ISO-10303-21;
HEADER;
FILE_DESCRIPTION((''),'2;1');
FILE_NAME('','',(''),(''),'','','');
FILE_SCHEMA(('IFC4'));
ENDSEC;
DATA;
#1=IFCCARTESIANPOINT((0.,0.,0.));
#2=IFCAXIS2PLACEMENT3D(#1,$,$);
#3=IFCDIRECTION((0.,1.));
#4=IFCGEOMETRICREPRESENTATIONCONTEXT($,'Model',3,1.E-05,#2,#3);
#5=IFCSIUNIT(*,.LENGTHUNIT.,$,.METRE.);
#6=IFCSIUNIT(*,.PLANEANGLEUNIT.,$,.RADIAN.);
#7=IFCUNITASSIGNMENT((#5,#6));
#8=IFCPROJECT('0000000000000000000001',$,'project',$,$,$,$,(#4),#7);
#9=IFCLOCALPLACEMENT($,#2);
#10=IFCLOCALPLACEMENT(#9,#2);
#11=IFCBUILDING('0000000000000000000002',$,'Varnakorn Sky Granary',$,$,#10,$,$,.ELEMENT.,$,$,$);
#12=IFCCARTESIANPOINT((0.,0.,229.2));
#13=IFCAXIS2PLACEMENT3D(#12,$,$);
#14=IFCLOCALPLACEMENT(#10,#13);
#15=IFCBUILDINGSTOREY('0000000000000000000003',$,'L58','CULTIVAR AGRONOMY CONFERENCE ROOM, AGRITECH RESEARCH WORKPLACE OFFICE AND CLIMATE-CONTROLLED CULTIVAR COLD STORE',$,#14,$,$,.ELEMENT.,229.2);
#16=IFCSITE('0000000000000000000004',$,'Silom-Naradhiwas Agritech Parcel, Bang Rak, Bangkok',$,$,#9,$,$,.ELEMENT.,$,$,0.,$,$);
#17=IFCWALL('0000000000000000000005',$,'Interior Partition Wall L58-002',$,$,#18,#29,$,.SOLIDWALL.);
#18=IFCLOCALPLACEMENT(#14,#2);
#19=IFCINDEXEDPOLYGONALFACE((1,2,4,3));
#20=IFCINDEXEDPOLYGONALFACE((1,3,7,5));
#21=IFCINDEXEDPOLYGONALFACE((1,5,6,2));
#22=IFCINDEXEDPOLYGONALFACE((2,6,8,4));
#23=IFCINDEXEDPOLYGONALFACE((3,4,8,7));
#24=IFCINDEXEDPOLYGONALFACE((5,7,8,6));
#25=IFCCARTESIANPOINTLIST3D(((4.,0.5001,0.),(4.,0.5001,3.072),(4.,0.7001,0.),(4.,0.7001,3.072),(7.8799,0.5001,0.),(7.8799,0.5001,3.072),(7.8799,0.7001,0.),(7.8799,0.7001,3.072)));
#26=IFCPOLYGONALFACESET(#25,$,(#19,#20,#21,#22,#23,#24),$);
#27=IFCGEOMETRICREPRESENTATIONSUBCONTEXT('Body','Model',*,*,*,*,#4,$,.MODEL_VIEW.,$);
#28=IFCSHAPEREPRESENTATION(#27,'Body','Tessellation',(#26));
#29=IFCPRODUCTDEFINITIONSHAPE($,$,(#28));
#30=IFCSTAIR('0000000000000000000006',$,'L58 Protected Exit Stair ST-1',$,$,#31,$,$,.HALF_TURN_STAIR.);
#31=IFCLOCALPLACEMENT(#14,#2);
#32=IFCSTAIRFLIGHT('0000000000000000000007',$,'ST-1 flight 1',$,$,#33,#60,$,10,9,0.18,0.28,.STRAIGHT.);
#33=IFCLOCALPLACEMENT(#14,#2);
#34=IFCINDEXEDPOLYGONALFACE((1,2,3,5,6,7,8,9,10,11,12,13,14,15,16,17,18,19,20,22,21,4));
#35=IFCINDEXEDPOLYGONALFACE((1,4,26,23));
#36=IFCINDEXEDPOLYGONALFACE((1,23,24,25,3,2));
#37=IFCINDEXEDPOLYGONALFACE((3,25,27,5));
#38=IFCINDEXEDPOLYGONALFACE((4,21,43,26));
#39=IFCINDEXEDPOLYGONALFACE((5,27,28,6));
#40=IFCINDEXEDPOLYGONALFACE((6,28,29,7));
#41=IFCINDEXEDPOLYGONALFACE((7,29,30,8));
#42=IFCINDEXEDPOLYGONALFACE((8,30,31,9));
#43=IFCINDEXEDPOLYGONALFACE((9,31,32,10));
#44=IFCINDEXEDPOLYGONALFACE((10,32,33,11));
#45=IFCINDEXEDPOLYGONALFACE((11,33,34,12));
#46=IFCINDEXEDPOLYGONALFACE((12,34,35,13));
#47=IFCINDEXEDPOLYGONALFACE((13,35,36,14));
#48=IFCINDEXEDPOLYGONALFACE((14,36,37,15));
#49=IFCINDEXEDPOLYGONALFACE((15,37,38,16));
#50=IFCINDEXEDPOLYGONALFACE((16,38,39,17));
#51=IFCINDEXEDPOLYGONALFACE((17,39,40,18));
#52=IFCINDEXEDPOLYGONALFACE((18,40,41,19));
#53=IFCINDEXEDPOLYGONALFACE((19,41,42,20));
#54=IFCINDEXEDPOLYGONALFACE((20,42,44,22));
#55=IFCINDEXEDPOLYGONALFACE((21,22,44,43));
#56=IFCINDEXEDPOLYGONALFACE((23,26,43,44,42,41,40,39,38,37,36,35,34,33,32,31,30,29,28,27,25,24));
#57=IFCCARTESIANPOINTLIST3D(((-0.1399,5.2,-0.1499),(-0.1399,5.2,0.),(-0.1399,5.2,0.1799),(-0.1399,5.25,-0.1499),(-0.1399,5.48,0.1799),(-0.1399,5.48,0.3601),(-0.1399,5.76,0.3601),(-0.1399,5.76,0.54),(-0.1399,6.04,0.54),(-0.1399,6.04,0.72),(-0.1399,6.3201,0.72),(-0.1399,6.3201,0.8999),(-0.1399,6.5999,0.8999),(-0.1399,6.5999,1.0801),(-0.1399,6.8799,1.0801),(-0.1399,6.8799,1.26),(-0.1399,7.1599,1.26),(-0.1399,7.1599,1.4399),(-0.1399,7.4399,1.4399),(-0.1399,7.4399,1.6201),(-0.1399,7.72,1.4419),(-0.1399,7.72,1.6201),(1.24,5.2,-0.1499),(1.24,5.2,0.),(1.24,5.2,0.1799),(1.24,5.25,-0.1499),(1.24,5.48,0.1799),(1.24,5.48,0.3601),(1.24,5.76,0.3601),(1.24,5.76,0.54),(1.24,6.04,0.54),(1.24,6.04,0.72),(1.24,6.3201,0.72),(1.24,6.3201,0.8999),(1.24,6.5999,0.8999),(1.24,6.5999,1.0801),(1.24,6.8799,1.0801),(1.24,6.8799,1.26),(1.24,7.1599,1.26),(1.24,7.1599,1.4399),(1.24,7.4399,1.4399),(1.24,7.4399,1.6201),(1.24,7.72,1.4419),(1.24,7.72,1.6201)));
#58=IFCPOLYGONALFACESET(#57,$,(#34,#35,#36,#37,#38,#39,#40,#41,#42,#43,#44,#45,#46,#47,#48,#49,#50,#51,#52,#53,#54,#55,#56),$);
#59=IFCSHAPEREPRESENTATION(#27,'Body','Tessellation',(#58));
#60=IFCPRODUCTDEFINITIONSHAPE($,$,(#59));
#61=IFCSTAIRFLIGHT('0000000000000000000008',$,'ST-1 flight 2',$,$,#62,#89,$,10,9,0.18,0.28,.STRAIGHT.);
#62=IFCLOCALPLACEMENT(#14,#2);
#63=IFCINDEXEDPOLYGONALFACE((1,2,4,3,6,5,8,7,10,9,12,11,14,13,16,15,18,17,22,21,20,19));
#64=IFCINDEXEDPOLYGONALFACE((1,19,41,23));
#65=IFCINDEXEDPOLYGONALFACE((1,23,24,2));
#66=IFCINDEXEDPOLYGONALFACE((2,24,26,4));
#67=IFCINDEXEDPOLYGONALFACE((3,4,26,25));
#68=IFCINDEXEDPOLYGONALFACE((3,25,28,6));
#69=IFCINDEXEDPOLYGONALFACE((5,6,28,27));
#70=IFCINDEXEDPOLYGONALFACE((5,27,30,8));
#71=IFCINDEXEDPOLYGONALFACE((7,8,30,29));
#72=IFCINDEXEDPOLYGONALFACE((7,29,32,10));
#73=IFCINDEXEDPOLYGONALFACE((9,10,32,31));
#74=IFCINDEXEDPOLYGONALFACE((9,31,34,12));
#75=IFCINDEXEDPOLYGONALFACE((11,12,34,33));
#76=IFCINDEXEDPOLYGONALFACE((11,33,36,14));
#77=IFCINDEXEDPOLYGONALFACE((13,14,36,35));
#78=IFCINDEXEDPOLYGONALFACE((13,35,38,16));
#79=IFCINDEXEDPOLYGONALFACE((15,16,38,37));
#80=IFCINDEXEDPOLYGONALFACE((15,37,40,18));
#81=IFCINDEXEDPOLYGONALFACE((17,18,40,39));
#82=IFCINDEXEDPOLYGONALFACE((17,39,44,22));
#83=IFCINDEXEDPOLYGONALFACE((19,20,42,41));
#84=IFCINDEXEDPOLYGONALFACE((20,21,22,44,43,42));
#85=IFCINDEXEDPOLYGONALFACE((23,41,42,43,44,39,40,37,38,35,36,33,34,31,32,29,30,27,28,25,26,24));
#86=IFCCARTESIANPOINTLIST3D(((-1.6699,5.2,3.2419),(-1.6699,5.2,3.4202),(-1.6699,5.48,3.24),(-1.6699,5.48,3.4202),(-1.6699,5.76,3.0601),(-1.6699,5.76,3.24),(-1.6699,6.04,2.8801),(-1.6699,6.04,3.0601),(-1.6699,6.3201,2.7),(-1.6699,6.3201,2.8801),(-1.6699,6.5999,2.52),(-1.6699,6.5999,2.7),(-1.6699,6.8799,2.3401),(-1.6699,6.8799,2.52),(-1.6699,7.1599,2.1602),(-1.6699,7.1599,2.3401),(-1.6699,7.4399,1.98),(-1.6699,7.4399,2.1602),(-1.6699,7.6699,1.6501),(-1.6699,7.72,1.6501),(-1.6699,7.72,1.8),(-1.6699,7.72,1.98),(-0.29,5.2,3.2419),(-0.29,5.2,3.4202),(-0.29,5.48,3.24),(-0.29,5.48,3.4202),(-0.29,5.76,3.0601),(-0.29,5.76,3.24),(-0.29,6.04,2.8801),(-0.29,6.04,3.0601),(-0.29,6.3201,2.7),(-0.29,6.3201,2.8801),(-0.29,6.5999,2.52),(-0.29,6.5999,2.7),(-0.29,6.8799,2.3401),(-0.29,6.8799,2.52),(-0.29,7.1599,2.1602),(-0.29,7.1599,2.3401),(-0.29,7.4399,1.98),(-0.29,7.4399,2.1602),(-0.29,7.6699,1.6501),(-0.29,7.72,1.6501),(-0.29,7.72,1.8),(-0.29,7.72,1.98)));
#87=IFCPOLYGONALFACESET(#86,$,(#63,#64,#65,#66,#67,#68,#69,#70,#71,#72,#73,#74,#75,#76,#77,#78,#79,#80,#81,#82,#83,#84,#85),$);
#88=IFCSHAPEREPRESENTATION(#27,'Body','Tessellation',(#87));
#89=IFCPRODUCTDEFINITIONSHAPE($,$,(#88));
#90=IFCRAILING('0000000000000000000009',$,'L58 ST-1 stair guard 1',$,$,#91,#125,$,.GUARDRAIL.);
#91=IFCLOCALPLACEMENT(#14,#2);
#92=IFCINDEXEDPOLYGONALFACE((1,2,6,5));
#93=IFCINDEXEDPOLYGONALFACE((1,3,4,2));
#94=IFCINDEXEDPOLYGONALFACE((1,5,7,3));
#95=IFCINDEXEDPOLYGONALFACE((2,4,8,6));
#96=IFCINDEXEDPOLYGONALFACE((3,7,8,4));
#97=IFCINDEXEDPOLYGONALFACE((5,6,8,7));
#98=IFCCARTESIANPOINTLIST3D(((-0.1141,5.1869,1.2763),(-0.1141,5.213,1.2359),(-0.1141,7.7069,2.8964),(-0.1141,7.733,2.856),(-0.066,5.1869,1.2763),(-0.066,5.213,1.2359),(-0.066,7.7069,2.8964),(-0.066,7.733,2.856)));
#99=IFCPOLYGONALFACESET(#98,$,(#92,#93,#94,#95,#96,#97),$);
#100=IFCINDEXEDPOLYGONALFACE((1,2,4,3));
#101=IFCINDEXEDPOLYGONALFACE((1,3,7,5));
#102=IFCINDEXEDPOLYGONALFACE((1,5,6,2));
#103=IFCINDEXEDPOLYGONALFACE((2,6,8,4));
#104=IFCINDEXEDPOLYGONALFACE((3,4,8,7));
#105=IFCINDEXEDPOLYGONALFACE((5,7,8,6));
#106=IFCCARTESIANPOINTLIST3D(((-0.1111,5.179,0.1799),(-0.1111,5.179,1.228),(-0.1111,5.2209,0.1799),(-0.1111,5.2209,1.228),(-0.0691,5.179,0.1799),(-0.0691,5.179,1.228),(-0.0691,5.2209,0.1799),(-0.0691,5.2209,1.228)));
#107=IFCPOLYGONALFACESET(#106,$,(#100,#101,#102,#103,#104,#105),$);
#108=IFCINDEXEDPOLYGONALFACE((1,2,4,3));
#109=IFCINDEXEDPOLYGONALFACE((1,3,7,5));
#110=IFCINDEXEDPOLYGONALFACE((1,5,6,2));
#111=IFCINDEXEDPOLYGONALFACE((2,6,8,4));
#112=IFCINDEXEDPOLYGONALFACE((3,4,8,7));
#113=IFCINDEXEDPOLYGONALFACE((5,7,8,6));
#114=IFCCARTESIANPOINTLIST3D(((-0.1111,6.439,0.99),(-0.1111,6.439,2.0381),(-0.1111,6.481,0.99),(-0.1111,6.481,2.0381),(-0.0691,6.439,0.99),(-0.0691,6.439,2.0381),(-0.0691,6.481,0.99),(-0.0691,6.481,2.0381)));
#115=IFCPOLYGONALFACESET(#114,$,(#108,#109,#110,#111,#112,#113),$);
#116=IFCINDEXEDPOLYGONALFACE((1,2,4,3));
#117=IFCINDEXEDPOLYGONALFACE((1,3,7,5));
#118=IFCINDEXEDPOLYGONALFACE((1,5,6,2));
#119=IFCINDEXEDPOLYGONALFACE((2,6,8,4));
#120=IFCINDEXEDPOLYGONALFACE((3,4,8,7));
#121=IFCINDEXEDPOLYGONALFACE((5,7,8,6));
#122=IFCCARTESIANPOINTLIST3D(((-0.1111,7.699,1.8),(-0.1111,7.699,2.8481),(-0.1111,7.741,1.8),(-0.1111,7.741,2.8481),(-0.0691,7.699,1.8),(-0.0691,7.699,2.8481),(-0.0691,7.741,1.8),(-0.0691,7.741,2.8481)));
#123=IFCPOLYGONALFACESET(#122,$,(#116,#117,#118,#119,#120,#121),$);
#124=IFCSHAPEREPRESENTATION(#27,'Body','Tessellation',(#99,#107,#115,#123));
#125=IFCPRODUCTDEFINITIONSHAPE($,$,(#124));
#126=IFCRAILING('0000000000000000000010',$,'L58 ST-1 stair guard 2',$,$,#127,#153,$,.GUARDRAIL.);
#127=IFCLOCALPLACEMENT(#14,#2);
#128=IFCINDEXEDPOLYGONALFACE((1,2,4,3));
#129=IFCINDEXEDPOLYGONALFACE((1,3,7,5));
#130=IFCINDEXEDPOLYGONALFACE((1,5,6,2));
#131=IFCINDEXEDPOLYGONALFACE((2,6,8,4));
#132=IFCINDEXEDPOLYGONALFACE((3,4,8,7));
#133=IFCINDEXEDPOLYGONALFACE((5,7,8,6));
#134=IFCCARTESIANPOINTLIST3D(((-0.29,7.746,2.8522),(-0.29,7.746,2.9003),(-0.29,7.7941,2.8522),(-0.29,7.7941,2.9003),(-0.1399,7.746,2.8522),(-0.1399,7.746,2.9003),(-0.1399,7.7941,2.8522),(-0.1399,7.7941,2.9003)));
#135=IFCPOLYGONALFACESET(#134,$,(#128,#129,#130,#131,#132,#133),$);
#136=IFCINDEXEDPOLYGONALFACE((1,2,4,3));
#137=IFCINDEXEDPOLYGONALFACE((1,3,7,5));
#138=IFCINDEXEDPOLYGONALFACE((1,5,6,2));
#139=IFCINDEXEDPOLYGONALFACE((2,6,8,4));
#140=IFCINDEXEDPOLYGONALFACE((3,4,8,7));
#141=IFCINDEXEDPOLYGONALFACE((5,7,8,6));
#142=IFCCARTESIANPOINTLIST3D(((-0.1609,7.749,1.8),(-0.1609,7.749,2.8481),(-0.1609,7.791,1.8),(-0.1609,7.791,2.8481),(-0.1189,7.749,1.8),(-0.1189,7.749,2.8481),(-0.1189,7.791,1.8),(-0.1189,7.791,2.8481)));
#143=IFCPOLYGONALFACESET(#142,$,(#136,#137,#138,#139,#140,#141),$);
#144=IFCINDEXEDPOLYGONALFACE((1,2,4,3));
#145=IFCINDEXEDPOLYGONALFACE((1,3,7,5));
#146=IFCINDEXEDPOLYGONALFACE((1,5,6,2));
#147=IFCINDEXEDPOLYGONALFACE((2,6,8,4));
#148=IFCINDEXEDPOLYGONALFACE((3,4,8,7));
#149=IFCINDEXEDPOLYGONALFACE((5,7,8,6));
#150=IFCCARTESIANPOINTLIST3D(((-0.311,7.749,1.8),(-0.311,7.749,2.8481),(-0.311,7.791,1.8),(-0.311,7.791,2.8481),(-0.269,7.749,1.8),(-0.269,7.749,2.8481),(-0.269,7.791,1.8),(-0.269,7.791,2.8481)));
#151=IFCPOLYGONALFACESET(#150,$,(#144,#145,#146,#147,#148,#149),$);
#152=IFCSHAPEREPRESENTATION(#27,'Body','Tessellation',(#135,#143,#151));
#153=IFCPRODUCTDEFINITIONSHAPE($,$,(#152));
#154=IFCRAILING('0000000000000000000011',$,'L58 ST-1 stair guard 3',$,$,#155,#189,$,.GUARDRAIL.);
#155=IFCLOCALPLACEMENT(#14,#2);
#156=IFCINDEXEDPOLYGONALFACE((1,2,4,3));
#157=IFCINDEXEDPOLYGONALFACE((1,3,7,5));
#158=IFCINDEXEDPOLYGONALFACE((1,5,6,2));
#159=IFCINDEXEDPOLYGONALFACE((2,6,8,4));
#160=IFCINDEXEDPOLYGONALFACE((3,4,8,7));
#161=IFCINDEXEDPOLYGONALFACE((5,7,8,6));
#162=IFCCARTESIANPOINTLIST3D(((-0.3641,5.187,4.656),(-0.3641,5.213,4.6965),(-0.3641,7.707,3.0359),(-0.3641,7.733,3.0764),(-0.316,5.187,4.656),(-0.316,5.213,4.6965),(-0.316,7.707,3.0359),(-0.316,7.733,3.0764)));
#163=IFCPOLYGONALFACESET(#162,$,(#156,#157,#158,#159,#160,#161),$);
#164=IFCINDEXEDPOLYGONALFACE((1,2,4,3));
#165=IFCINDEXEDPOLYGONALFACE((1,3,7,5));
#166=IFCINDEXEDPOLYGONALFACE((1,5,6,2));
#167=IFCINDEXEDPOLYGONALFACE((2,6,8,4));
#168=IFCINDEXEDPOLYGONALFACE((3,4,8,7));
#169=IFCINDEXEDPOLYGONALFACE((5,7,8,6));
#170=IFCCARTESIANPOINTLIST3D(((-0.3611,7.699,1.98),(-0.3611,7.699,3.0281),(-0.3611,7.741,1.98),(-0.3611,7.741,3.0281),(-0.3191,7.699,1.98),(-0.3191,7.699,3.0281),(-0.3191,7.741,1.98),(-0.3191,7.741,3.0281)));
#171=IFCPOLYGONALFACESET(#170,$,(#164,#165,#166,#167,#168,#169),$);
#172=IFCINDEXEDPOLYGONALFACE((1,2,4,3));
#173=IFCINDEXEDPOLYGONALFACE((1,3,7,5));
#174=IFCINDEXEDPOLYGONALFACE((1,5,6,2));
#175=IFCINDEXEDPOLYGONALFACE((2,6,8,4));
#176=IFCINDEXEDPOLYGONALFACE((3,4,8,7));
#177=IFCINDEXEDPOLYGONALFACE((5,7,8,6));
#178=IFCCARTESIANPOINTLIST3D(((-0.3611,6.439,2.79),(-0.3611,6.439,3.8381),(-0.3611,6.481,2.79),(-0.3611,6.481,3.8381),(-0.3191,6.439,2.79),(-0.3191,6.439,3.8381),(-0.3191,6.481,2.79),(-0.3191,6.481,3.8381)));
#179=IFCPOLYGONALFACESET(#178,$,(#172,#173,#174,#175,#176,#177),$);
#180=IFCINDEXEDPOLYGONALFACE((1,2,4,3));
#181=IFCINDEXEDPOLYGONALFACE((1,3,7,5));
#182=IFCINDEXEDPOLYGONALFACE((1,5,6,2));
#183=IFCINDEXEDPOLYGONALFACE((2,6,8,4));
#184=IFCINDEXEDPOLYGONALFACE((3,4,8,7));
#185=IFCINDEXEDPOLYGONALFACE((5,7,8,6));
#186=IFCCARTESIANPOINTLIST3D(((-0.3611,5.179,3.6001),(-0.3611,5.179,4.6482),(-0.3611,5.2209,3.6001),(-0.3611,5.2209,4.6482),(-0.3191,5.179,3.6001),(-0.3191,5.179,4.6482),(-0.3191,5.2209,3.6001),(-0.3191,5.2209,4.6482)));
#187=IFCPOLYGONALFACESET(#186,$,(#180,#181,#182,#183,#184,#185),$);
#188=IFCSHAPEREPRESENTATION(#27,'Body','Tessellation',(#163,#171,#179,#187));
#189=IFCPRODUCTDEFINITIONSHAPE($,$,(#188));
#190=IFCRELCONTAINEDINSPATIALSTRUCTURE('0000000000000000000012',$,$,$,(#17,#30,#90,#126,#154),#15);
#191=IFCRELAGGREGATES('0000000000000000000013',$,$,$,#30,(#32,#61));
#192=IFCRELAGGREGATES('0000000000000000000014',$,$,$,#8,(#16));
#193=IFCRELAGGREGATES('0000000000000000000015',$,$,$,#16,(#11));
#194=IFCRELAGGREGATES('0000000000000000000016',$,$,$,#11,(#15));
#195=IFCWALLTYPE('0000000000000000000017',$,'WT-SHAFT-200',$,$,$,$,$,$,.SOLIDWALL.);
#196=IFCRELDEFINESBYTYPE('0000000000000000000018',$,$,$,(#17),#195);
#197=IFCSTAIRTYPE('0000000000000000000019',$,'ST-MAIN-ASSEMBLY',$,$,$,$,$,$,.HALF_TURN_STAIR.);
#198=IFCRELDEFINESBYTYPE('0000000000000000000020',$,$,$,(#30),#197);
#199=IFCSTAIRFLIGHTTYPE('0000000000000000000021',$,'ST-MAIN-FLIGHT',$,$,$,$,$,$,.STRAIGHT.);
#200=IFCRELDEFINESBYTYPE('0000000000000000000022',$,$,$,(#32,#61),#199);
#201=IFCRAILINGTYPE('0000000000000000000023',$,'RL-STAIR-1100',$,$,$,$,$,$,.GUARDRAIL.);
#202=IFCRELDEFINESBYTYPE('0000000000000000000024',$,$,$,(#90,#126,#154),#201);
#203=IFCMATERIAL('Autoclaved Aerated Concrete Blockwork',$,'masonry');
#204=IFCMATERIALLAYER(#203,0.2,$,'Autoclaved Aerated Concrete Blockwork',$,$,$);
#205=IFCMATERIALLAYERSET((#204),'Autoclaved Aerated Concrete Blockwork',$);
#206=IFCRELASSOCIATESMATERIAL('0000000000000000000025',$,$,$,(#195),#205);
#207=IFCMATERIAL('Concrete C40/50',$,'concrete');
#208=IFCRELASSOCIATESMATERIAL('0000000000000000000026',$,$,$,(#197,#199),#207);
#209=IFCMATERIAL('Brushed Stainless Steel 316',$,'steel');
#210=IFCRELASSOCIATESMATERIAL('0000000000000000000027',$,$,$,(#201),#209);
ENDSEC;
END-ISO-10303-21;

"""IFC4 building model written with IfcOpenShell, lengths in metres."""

from ifc_helpers import new_model, si_unit, direction, frame, frame_2d, origin, origin_2d, place, context, subcontext, project, spatial, polyline, rectangle, outline, extrude, material, layer, layer_set, type_object, element, aggregate, save


model = new_model("IFC4")

# Units and contexts
model_context = context("Model", 3, precision=1e-05, world=origin(), true_north=direction((0.0, 1.0)))
body_context = subcontext(model_context, "Body", "Model", "MODEL_VIEW")
ifc_project = project(units=[si_unit("LENGTHUNIT", "METRE"), si_unit("PLANEANGLEUNIT", "RADIAN")], contexts=[model_context])

# Site, building, storey
site_placement = place(None, origin())
site = spatial("IfcSite", under=ifc_project, at=site_placement, Name="Silom-Naradhiwas Agritech Parcel, Bang Rak, Bangkok", CompositionType="ELEMENT", RefElevation=0.0)
building_placement = place(site_placement, origin())
building = spatial("IfcBuilding", under=site, at=building_placement, Name="Varnakorn Sky Granary", CompositionType="ELEMENT")
storey_placement = place(building_placement, frame((0.0, 0.0, 229.2)))
storey = spatial("IfcBuildingStorey", under=building, at=storey_placement, Name="L58", Description="CULTIVAR AGRONOMY CONFERENCE ROOM, AGRITECH RESEARCH WORKPLACE OFFICE AND CLIMATE-CONTROLLED CULTIVAR COLD STORE", CompositionType="ELEMENT", Elevation=229.2)

# Shared definitions
ifc_material_1 = material(Name="Autoclaved Aerated Concrete Blockwork", Category="masonry")

# Wall
ifc_layer_1 = layer(ifc_material_1, 0.2, Name="Autoclaved Aerated Concrete Blockwork")
ifc_layer_set_1 = layer_set([ifc_layer_1], Name="Autoclaved Aerated Concrete Blockwork")
wall_type_1 = type_object("IfcWallType", Name="WT-SHAFT-200", PredefinedType="SOLIDWALL", material=ifc_layer_set_1)
wall_1_placement = place(storey_placement, frame((4.0, 0.6001, 0.0), z_axis=(0.0, 0.0, 1.0), x_axis=(1.0, 0.0, 0.0)))
element("IfcWall", 1, at=wall_1_placement, inside=storey, type_object=wall_type_1, Name="Interior Partition Wall L58-002", PredefinedType="SOLIDWALL", context=body_context, shape_type="SweptSolid", body=[
    extrude(rectangle(XDim=3.8799, YDim=0.2, at=frame_2d((1.9399, 0.0))), origin(), (0.0, 0.0, 1.0), 3.072),
])

# Stair, stair flights
ifc_material_2 = material(Name="Concrete C40/50", Category="concrete")
stair_type = type_object("IfcStairType", Name="ST-MAIN-ASSEMBLY", PredefinedType="HALF_TURN_STAIR", material=ifc_material_2)
stair_placement = place(storey_placement, origin())
stair = element("IfcStair", 2, at=stair_placement, inside=storey, type_object=stair_type, Name="L58 Protected Exit Stair ST-1", PredefinedType="HALF_TURN_STAIR")
stair_flight_type = type_object("IfcStairFlightType", Name="ST-MAIN-FLIGHT", PredefinedType="STRAIGHT", material=ifc_material_2)
stair_flight_1_placement = place(storey_placement, frame((0.55, 5.2, 0.0), z_axis=(0.0, 0.0, 1.0), x_axis=(0.0, 1.0, 0.0)))
stair_flight_1 = element("IfcStairFlight", 3, at=stair_flight_1_placement, type_object=stair_flight_type, Name="ST-1 flight 1", NumberOfRisers=10, NumberOfTreads=9, PredefinedType="STRAIGHT", RiserHeight=0.18, TreadLength=0.28, context=body_context, shape_type="SweptSolid", body=[
    extrude(outline(polyline([(0.0, -0.1499), (0.0, 0.0), (0.0, 0.1799), (0.28, 0.1799), (0.28, 0.3601), (0.5601, 0.3601), (0.5601, 0.54), (0.8401, 0.54), (0.8401, 0.72), (1.1201, 0.72), (1.1201, 0.8999), (1.3999, 0.8999), (1.3999, 1.0801), (1.6799, 1.0801), (1.6799, 1.26), (1.96, 1.26), (1.96, 1.4399), (2.24, 1.4399), (2.24, 1.6201), (2.52, 1.6201), (2.52, 1.8), (2.52, 1.4419), (0.05, -0.1499), (0.0, -0.1499)])), frame((0.0, 0.6899, 0.0), z_axis=(0.0, -1.0, 0.0), x_axis=(1.0, 0.0, 0.0)), (0.0, 0.0, 1.0), 1.3799),
])
stair_flight_2_placement = place(storey_placement, frame((-0.98, 7.72, 1.8), z_axis=(0.0, 0.0, 1.0), x_axis=(0.0, -1.0, 0.0)))
stair_flight_2 = element("IfcStairFlight", 4, at=stair_flight_2_placement, type_object=stair_flight_type, Name="ST-1 flight 2", NumberOfRisers=10, NumberOfTreads=9, PredefinedType="STRAIGHT", RiserHeight=0.18, TreadLength=0.28, context=body_context, shape_type="SweptSolid", body=[
    extrude(outline(polyline([(0.0, -0.1499), (0.0, 0.0), (0.0, 0.1799), (0.28, 0.1799), (0.28, 0.3601), (0.5601, 0.3601), (0.5601, 0.54), (0.8401, 0.54), (0.8401, 0.72), (1.1201, 0.72), (1.1201, 0.8999), (1.3999, 0.8999), (1.3999, 1.0801), (1.6799, 1.0801), (1.6799, 1.26), (1.96, 1.26), (1.96, 1.4399), (2.24, 1.4399), (2.24, 1.6201), (2.52, 1.6201), (2.52, 1.8), (2.52, 1.4419), (0.05, -0.1499), (0.0, -0.1499)])), frame((0.0, 0.6899, 0.0), z_axis=(0.0, -1.0, 0.0), x_axis=(1.0, 0.0, 0.0)), (0.0, 0.0, 1.0), 1.3799),
])
aggregate(stair, [stair_flight_1, stair_flight_2])

# Railings
ifc_material_3 = material(Name="Brushed Stainless Steel 316", Category="steel")
railing_type_1 = type_object("IfcRailingType", Name="RL-STAIR-1100", PredefinedType="GUARDRAIL", material=ifc_material_3)
railing_1_placement = place(storey_placement, frame((-0.0901, 5.2, 0.1799)))
element("IfcRailing", 5, at=railing_1_placement, inside=storey, type_object=railing_type_1, Name="L58 ST-1 stair guard 1", PredefinedType="GUARDRAIL", context=body_context, shape_type="SweptSolid", body=[
    extrude(rectangle(XDim=0.0481, YDim=0.0481, at=origin_2d()), frame((0.0, 0.0, 1.0762), z_axis=(0.0, 0.841163, 0.540782), x_axis=(-1.0, 0.0, 0.0)), (0.0, 0.0, 1.0), 2.9958),
    extrude(rectangle(XDim=0.042, YDim=0.042, at=origin_2d()), origin(), (0.0, 0.0, 1.0), 1.0481),
    extrude(rectangle(XDim=0.042, YDim=0.042, at=origin_2d()), frame((0.0, 1.26, 0.8101)), (0.0, 0.0, 1.0), 1.0481),
    extrude(rectangle(XDim=0.042, YDim=0.042, at=origin_2d()), frame((0.0, 2.52, 1.6201)), (0.0, 0.0, 1.0), 1.0481),
])
railing_2_placement = place(storey_placement, frame((-0.1399, 7.77, 1.8)))
element("IfcRailing", 6, at=railing_2_placement, inside=storey, type_object=railing_type_1, Name="L58 ST-1 stair guard 2", PredefinedType="GUARDRAIL", context=body_context, shape_type="SweptSolid", body=[
    extrude(rectangle(XDim=0.0481, YDim=0.0481, at=origin_2d()), frame((0.0, 0.0, 1.0762), z_axis=(-1.0, 0.0, 0.0), x_axis=(0.0, -1.0, 0.0)), (0.0, 0.0, 1.0), 0.1501),
    extrude(rectangle(XDim=0.042, YDim=0.042, at=origin_2d()), origin(), (0.0, 0.0, 1.0), 1.0481),
    extrude(rectangle(XDim=0.042, YDim=0.042, at=origin_2d()), frame((-0.1501, 0.0, 0.0)), (0.0, 0.0, 1.0), 1.0481),
])
railing_3_placement = place(storey_placement, frame((-0.3401, 7.72, 1.98)))
element("IfcRailing", 7, at=railing_3_placement, inside=storey, type_object=railing_type_1, Name="L58 ST-1 stair guard 3", PredefinedType="GUARDRAIL", context=body_context, shape_type="SweptSolid", body=[
    extrude(rectangle(XDim=0.0481, YDim=0.0481, at=origin_2d()), frame((0.0, 0.0, 1.0762), z_axis=(0.0, -0.841163, 0.540782), x_axis=(1.0, 0.0, 0.0)), (0.0, 0.0, 1.0), 2.9958),
    extrude(rectangle(XDim=0.042, YDim=0.042, at=origin_2d()), origin(), (0.0, 0.0, 1.0), 1.0481),
    extrude(rectangle(XDim=0.042, YDim=0.042, at=origin_2d()), frame((0.0, -1.26, 0.8101)), (0.0, 0.0, 1.0), 1.0481),
    extrude(rectangle(XDim=0.042, YDim=0.042, at=origin_2d()), frame((0.0, -2.52, 1.6201)), (0.0, 0.0, 1.0), 1.0481),
])

save(model, "model.ifc")
